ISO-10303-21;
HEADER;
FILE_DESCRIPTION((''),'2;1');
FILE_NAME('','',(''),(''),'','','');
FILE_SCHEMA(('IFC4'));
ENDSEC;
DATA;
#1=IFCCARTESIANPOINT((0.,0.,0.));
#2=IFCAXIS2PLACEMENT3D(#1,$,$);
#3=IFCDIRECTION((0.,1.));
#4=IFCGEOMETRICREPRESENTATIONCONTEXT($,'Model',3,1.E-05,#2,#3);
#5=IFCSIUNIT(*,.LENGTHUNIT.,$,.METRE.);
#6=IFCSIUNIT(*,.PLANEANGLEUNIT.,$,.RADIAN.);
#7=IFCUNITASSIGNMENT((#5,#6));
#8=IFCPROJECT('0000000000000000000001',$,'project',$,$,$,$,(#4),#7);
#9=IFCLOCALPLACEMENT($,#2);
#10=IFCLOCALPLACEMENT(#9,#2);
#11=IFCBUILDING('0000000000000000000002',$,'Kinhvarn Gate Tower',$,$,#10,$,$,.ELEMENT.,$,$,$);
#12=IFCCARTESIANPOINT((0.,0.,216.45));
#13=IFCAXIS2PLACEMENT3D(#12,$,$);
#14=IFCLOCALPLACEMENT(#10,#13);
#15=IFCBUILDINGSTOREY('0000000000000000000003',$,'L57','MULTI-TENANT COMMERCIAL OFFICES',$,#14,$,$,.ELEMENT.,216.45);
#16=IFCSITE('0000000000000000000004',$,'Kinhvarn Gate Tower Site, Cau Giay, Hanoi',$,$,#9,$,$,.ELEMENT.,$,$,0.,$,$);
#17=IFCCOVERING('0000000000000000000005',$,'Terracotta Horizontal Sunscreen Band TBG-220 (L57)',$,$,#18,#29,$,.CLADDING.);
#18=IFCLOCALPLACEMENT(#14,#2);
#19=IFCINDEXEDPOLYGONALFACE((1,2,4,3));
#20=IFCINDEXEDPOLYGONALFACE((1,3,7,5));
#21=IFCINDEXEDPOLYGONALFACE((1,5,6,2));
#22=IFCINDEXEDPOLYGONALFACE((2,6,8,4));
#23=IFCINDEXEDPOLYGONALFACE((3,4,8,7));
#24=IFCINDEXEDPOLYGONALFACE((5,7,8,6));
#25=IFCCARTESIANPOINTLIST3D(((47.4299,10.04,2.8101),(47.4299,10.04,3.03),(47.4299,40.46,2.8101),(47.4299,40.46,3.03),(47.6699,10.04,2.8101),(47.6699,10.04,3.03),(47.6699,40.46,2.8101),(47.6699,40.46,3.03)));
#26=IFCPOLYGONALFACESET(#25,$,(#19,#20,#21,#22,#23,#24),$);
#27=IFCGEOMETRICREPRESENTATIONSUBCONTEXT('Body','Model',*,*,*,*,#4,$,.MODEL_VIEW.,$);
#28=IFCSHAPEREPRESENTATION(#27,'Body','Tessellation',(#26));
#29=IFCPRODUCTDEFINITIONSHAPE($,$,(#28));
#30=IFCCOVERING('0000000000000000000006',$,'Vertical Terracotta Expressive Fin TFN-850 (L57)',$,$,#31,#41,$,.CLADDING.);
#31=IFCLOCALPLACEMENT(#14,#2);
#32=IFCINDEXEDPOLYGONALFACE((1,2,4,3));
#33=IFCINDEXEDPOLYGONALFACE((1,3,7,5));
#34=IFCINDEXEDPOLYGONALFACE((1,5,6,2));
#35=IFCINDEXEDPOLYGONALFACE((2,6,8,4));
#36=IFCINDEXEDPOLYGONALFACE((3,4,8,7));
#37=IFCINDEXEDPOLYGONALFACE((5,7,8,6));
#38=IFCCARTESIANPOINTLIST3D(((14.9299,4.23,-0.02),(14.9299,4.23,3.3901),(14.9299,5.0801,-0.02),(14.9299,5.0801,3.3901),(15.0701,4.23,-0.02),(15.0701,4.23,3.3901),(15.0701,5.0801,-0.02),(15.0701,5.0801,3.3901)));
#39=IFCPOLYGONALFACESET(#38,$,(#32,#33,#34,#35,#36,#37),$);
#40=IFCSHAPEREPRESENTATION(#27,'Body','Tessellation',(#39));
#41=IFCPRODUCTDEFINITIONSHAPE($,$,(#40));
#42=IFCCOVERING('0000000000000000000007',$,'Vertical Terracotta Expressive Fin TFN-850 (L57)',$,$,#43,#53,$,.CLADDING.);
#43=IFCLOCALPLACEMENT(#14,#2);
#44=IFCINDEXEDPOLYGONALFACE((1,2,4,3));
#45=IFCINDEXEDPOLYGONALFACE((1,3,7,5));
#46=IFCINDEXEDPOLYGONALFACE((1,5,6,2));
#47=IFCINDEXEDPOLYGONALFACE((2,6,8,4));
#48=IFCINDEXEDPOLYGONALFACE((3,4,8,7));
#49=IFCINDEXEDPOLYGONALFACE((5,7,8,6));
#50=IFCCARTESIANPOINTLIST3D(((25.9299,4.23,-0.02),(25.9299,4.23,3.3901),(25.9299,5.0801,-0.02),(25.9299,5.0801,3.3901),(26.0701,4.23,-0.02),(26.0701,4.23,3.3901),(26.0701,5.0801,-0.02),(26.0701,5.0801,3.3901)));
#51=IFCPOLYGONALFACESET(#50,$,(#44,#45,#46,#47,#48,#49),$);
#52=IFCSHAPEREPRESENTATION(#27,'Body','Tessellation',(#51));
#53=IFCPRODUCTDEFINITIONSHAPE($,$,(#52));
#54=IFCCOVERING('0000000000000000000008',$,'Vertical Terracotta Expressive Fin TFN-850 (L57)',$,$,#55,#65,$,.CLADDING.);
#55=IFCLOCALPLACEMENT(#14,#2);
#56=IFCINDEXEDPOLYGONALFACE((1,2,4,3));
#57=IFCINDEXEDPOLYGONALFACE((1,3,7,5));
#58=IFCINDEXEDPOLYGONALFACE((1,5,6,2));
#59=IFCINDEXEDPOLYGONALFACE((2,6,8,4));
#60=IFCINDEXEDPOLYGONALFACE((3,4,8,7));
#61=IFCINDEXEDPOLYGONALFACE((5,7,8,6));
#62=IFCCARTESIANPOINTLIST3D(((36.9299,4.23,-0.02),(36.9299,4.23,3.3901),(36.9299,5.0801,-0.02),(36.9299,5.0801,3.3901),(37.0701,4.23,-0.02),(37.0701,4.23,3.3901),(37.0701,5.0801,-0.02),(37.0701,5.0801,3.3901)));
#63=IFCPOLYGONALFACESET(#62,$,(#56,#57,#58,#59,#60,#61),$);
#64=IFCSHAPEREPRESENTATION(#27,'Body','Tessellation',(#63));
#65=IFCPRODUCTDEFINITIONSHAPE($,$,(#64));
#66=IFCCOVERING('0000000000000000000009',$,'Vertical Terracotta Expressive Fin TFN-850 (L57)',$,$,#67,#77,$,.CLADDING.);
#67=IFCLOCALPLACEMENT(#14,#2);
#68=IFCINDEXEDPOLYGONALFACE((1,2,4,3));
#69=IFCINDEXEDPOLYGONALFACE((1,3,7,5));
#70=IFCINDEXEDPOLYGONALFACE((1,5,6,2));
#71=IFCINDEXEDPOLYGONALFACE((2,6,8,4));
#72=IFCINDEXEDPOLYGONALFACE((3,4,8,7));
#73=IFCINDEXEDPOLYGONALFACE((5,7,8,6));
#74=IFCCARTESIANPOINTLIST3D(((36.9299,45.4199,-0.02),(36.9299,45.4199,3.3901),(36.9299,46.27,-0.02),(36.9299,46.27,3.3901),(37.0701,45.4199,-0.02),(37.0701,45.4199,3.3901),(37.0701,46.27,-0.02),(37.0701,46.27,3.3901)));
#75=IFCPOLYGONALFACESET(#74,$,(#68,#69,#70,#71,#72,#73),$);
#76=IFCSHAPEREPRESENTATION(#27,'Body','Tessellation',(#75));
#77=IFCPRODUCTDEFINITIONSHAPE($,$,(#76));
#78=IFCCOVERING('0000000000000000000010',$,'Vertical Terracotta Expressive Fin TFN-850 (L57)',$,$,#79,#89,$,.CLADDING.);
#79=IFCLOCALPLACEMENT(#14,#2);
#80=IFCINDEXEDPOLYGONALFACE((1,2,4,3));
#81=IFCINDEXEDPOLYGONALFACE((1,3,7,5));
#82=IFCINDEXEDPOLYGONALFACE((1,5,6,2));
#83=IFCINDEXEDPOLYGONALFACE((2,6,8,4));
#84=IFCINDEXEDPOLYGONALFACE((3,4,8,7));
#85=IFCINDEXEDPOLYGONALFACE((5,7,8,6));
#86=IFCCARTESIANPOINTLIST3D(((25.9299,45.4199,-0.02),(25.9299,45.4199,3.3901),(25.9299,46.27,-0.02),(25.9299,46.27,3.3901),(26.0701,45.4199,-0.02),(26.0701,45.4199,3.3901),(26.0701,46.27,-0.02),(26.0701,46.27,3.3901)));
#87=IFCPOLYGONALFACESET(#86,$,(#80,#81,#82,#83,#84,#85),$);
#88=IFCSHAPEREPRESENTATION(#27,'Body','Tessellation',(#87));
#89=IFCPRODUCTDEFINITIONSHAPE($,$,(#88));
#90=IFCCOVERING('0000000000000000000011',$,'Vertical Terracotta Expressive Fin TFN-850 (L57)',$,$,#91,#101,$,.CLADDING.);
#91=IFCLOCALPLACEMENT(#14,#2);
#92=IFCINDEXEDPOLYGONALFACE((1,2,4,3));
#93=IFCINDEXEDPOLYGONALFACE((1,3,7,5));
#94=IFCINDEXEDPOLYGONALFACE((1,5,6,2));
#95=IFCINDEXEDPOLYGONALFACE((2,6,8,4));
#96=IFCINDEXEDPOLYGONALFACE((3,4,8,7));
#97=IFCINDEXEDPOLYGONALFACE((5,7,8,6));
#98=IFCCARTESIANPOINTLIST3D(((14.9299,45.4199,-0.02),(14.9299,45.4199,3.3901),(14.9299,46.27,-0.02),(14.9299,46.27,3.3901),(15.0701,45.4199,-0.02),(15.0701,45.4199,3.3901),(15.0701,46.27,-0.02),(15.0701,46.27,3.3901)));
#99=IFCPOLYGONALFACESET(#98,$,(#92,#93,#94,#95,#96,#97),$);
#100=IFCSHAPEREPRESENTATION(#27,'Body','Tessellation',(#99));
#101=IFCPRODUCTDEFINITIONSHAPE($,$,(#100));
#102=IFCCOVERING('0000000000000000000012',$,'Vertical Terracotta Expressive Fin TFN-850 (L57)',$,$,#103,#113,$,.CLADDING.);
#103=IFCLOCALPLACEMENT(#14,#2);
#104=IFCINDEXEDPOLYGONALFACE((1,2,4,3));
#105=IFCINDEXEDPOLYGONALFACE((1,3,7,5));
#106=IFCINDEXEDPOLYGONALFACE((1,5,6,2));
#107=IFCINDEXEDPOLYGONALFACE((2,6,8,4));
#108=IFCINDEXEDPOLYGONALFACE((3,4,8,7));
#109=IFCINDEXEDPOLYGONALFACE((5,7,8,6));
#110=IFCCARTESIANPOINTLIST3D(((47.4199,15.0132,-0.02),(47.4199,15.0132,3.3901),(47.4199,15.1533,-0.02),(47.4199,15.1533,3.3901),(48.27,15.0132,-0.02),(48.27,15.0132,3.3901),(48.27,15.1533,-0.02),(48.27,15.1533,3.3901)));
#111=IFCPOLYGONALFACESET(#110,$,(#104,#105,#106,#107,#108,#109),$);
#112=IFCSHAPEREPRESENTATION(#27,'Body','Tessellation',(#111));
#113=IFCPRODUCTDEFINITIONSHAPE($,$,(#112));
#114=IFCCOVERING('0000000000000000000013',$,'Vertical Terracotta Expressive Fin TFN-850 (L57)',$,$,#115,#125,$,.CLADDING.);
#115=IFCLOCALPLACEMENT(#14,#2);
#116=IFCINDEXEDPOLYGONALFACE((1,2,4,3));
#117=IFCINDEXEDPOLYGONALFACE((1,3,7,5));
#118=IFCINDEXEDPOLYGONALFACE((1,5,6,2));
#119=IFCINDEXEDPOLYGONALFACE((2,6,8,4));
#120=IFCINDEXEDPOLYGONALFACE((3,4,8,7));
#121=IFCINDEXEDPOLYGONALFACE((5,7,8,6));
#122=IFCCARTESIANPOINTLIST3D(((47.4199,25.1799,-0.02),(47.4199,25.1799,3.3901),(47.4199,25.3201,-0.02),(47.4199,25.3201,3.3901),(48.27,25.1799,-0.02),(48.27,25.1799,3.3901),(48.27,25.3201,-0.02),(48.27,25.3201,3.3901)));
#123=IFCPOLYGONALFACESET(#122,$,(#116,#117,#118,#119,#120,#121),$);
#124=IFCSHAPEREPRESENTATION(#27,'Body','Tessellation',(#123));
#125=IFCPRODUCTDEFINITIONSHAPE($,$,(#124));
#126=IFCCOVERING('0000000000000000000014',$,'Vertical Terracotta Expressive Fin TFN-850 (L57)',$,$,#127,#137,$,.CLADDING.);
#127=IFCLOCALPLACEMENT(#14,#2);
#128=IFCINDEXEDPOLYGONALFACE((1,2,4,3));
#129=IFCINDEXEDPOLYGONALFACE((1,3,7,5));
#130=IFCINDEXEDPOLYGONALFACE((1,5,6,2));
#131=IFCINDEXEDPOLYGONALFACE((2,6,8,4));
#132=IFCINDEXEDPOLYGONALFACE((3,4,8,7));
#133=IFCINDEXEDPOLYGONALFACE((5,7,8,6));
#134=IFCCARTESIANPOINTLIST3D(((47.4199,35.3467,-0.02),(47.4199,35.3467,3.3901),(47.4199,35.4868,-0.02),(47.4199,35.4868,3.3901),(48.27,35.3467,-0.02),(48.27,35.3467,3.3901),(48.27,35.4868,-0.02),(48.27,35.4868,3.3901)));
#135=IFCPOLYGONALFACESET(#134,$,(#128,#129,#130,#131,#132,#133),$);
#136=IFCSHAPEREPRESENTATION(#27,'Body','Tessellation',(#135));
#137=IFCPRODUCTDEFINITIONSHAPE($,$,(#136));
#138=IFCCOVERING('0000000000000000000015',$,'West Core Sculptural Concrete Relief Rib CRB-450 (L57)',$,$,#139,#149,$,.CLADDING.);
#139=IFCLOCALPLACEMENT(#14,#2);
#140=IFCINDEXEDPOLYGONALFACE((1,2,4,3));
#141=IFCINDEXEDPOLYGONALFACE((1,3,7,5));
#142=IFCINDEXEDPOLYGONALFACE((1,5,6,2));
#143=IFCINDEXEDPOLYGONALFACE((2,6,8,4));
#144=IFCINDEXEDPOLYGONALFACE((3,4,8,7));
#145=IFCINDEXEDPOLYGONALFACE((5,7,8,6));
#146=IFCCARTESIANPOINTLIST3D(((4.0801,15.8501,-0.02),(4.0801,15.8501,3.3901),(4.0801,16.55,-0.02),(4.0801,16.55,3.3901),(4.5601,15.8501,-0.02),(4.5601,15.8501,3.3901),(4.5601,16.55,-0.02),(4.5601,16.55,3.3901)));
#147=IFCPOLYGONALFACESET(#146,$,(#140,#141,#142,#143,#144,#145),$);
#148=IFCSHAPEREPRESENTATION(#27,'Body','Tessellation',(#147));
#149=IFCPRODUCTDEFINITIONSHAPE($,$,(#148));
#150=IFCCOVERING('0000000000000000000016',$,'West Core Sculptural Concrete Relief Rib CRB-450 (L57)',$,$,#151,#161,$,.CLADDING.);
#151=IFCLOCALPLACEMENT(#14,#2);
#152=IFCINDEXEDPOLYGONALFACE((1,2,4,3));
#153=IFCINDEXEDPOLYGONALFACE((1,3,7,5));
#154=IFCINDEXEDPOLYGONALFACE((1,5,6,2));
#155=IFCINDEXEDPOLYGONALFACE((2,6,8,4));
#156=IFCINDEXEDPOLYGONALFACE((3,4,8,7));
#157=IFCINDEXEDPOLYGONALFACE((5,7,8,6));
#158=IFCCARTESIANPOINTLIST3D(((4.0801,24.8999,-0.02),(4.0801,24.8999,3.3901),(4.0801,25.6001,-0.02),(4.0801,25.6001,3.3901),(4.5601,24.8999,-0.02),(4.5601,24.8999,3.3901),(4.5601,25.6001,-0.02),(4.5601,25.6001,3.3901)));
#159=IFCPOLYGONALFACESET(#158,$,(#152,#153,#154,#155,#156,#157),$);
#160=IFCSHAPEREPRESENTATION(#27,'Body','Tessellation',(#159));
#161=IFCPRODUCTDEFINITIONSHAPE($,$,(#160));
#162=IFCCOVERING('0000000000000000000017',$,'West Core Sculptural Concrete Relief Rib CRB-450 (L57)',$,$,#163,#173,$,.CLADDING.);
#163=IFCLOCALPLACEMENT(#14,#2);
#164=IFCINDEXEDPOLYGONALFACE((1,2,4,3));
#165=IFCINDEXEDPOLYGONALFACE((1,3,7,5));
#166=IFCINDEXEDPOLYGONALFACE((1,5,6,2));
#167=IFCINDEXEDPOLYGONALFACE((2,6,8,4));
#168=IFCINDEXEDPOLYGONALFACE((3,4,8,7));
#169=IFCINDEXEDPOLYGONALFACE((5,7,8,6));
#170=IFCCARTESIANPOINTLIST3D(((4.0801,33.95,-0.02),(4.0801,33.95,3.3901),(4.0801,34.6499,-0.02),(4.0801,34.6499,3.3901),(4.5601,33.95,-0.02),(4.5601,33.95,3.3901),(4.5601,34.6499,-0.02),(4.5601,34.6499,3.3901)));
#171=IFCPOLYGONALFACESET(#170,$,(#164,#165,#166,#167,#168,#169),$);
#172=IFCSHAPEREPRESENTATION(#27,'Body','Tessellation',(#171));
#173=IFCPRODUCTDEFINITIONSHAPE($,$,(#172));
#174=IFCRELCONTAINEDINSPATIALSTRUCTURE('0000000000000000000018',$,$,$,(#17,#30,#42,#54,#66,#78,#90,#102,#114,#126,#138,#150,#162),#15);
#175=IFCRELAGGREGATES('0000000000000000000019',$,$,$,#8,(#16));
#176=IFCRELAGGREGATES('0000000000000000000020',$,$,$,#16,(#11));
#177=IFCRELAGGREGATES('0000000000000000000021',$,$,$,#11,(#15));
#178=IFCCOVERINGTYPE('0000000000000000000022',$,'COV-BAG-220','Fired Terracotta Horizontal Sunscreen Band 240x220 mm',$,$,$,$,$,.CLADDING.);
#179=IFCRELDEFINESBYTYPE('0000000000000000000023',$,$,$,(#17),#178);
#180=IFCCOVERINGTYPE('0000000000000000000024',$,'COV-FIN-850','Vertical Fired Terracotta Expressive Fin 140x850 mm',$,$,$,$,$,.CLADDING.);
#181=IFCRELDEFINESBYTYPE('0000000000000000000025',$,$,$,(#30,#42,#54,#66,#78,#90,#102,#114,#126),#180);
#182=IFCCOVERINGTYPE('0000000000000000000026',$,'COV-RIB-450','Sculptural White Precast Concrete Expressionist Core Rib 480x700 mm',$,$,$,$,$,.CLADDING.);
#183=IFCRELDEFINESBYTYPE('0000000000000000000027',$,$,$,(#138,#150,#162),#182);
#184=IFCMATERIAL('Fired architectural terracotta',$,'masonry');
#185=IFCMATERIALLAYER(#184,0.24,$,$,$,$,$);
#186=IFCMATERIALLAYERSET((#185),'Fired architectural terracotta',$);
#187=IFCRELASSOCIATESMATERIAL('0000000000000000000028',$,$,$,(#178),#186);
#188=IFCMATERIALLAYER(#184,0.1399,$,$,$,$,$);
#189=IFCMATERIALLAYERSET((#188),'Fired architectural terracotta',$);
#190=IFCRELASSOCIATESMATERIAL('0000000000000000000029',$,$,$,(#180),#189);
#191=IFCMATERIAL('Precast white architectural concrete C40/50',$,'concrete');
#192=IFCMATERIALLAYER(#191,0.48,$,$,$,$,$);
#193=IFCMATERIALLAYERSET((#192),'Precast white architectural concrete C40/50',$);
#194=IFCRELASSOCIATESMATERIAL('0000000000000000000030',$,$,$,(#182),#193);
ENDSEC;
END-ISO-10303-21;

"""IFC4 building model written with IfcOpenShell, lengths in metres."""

from ifc_helpers import new_model, si_unit, direction, frame, origin, place, context, subcontext, project, spatial, polyline, outline, extrude, material, layer, layer_set, type_object, element, save


model = new_model("IFC4")

# Units and contexts
model_context = context("Model", 3, precision=1e-05, world=origin(), true_north=direction((0.0, 1.0)))
body_context = subcontext(model_context, "Body", "Model", "MODEL_VIEW")
ifc_project = project(units=[si_unit("LENGTHUNIT", "METRE"), si_unit("PLANEANGLEUNIT", "RADIAN")], contexts=[model_context])

# Site, building, storey
site_placement = place(None, origin())
site = spatial("IfcSite", under=ifc_project, at=site_placement, Name="Kinhvarn Gate Tower Site, Cau Giay, Hanoi", CompositionType="ELEMENT", RefElevation=0.0)
building_placement = place(site_placement, origin())
building = spatial("IfcBuilding", under=site, at=building_placement, Name="Kinhvarn Gate Tower", CompositionType="ELEMENT")
storey_placement = place(building_placement, frame((0.0, 0.0, 216.45)))
storey = spatial("IfcBuildingStorey", under=building, at=storey_placement, Name="L57", Description="MULTI-TENANT COMMERCIAL OFFICES", CompositionType="ELEMENT", Elevation=216.45)

# Shared definitions
ifc_material_1 = material(Name="Precast white architectural concrete C40/50", Category="concrete")

# Coverings
ifc_material_2 = material(Name="Fired architectural terracotta", Category="masonry")
ifc_layer_1 = layer(ifc_material_2, 0.24)
ifc_layer_set_1 = layer_set([ifc_layer_1], Name="Fired architectural terracotta")
covering_type_1 = type_object("IfcCoveringType", Name="COV-BAG-220", Description="Fired Terracotta Horizontal Sunscreen Band 240x220 mm", PredefinedType="CLADDING", material=ifc_layer_set_1)
covering_1_placement = place(storey_placement, frame((0.0, 0.0, 2.8101)))
element("IfcCovering", 1, at=covering_1_placement, inside=storey, type_object=covering_type_1, Name="Terracotta Horizontal Sunscreen Band TBG-220 (L57)", PredefinedType="CLADDING", context=body_context, shape_type="SweptSolid", body=[
    extrude(outline(polyline([(47.4299, 10.04), (47.4299, 40.46), (47.6699, 40.46), (47.6699, 10.04), (47.4299, 10.04)])), origin(), (0.0, 0.0, 1.0), 0.22),
])
ifc_layer_2 = layer(ifc_material_2, 0.1399)
ifc_layer_set_2 = layer_set([ifc_layer_2], Name="Fired architectural terracotta")
covering_type_2 = type_object("IfcCoveringType", Name="COV-FIN-850", Description="Vertical Fired Terracotta Expressive Fin 140x850 mm", PredefinedType="CLADDING", material=ifc_layer_set_2)
covering_2_placement = place(storey_placement, frame((0.0, 0.0, -0.02)))
element("IfcCovering", 2, at=covering_2_placement, inside=storey, type_object=covering_type_2, Name="Vertical Terracotta Expressive Fin TFN-850 (L57)", PredefinedType="CLADDING", context=body_context, shape_type="SweptSolid", body=[
    extrude(outline(polyline([(14.9299, 5.0801), (15.0701, 5.0801), (15.0701, 4.23), (14.9299, 4.23), (14.9299, 5.0801)])), origin(), (0.0, 0.0, 1.0), 3.4102),
])
covering_3_placement = place(storey_placement, frame((0.0, 0.0, -0.02)))
element("IfcCovering", 3, at=covering_3_placement, inside=storey, type_object=covering_type_2, Name="Vertical Terracotta Expressive Fin TFN-850 (L57)", PredefinedType="CLADDING", context=body_context, shape_type="SweptSolid", body=[
    extrude(outline(polyline([(25.9299, 5.0801), (26.0701, 5.0801), (26.0701, 4.23), (25.9299, 4.23), (25.9299, 5.0801)])), origin(), (0.0, 0.0, 1.0), 3.4102),
])
covering_4_placement = place(storey_placement, frame((0.0, 0.0, -0.02)))
element("IfcCovering", 4, at=covering_4_placement, inside=storey, type_object=covering_type_2, Name="Vertical Terracotta Expressive Fin TFN-850 (L57)", PredefinedType="CLADDING", context=body_context, shape_type="SweptSolid", body=[
    extrude(outline(polyline([(36.9299, 5.0801), (37.0701, 5.0801), (37.0701, 4.23), (36.9299, 4.23), (36.9299, 5.0801)])), origin(), (0.0, 0.0, 1.0), 3.4102),
])
covering_5_placement = place(storey_placement, frame((0.0, 0.0, -0.02)))
element("IfcCovering", 5, at=covering_5_placement, inside=storey, type_object=covering_type_2, Name="Vertical Terracotta Expressive Fin TFN-850 (L57)", PredefinedType="CLADDING", context=body_context, shape_type="SweptSolid", body=[
    extrude(outline(polyline([(37.0701, 45.4199), (36.9299, 45.4199), (36.9299, 46.27), (37.0701, 46.27), (37.0701, 45.4199)])), origin(), (0.0, 0.0, 1.0), 3.4102),
])
covering_6_placement = place(storey_placement, frame((0.0, 0.0, -0.02)))
element("IfcCovering", 6, at=covering_6_placement, inside=storey, type_object=covering_type_2, Name="Vertical Terracotta Expressive Fin TFN-850 (L57)", PredefinedType="CLADDING", context=body_context, shape_type="SweptSolid", body=[
    extrude(outline(polyline([(26.0701, 45.4199), (25.9299, 45.4199), (25.9299, 46.27), (26.0701, 46.27), (26.0701, 45.4199)])), origin(), (0.0, 0.0, 1.0), 3.4102),
])
covering_7_placement = place(storey_placement, frame((0.0, 0.0, -0.02)))
element("IfcCovering", 7, at=covering_7_placement, inside=storey, type_object=covering_type_2, Name="Vertical Terracotta Expressive Fin TFN-850 (L57)", PredefinedType="CLADDING", context=body_context, shape_type="SweptSolid", body=[
    extrude(outline(polyline([(15.0701, 45.4199), (14.9299, 45.4199), (14.9299, 46.27), (15.0701, 46.27), (15.0701, 45.4199)])), origin(), (0.0, 0.0, 1.0), 3.4102),
])
covering_8_placement = place(storey_placement, frame((0.0, 0.0, -0.02)))
element("IfcCovering", 8, at=covering_8_placement, inside=storey, type_object=covering_type_2, Name="Vertical Terracotta Expressive Fin TFN-850 (L57)", PredefinedType="CLADDING", context=body_context, shape_type="SweptSolid", body=[
    extrude(outline(polyline([(47.4199, 15.0132), (47.4199, 15.1533), (48.27, 15.1533), (48.27, 15.0132), (47.4199, 15.0132)])), origin(), (0.0, 0.0, 1.0), 3.4102),
])
covering_9_placement = place(storey_placement, frame((0.0, 0.0, -0.02)))
element("IfcCovering", 9, at=covering_9_placement, inside=storey, type_object=covering_type_2, Name="Vertical Terracotta Expressive Fin TFN-850 (L57)", PredefinedType="CLADDING", context=body_context, shape_type="SweptSolid", body=[
    extrude(outline(polyline([(47.4199, 25.1799), (47.4199, 25.3201), (48.27, 25.3201), (48.27, 25.1799), (47.4199, 25.1799)])), origin(), (0.0, 0.0, 1.0), 3.4102),
])
covering_10_placement = place(storey_placement, frame((0.0, 0.0, -0.02)))
element("IfcCovering", 10, at=covering_10_placement, inside=storey, type_object=covering_type_2, Name="Vertical Terracotta Expressive Fin TFN-850 (L57)", PredefinedType="CLADDING", context=body_context, shape_type="SweptSolid", body=[
    extrude(outline(polyline([(47.4199, 35.3467), (47.4199, 35.4868), (48.27, 35.4868), (48.27, 35.3467), (47.4199, 35.3467)])), origin(), (0.0, 0.0, 1.0), 3.4102),
])
ifc_layer_3 = layer(ifc_material_1, 0.48)
ifc_layer_set_3 = layer_set([ifc_layer_3], Name="Precast white architectural concrete C40/50")
covering_type_3 = type_object("IfcCoveringType", Name="COV-RIB-450", Description="Sculptural White Precast Concrete Expressionist Core Rib 480x700 mm", PredefinedType="CLADDING", material=ifc_layer_set_3)
covering_11_placement = place(storey_placement, frame((0.0, 0.0, -0.02)))
element("IfcCovering", 11, at=covering_11_placement, inside=storey, type_object=covering_type_3, Name="West Core Sculptural Concrete Relief Rib CRB-450 (L57)", PredefinedType="CLADDING", context=body_context, shape_type="SweptSolid", body=[
    extrude(outline(polyline([(4.0801, 15.8501), (4.5601, 15.8501), (4.5601, 16.55), (4.0801, 16.55), (4.0801, 15.8501)])), origin(), (0.0, 0.0, 1.0), 3.4102),
])
covering_12_placement = place(storey_placement, frame((0.0, 0.0, -0.02)))
element("IfcCovering", 12, at=covering_12_placement, inside=storey, type_object=covering_type_3, Name="West Core Sculptural Concrete Relief Rib CRB-450 (L57)", PredefinedType="CLADDING", context=body_context, shape_type="SweptSolid", body=[
    extrude(outline(polyline([(4.0801, 24.8999), (4.5601, 24.8999), (4.5601, 25.6001), (4.0801, 25.6001), (4.0801, 24.8999)])), origin(), (0.0, 0.0, 1.0), 3.4102),
])
covering_13_placement = place(storey_placement, frame((0.0, 0.0, -0.02)))
element("IfcCovering", 13, at=covering_13_placement, inside=storey, type_object=covering_type_3, Name="West Core Sculptural Concrete Relief Rib CRB-450 (L57)", PredefinedType="CLADDING", context=body_context, shape_type="SweptSolid", body=[
    extrude(outline(polyline([(4.0801, 33.95), (4.5601, 33.95), (4.5601, 34.6499), (4.0801, 34.6499), (4.0801, 33.95)])), origin(), (0.0, 0.0, 1.0), 3.4102),
])

save(model, "model.ifc")
